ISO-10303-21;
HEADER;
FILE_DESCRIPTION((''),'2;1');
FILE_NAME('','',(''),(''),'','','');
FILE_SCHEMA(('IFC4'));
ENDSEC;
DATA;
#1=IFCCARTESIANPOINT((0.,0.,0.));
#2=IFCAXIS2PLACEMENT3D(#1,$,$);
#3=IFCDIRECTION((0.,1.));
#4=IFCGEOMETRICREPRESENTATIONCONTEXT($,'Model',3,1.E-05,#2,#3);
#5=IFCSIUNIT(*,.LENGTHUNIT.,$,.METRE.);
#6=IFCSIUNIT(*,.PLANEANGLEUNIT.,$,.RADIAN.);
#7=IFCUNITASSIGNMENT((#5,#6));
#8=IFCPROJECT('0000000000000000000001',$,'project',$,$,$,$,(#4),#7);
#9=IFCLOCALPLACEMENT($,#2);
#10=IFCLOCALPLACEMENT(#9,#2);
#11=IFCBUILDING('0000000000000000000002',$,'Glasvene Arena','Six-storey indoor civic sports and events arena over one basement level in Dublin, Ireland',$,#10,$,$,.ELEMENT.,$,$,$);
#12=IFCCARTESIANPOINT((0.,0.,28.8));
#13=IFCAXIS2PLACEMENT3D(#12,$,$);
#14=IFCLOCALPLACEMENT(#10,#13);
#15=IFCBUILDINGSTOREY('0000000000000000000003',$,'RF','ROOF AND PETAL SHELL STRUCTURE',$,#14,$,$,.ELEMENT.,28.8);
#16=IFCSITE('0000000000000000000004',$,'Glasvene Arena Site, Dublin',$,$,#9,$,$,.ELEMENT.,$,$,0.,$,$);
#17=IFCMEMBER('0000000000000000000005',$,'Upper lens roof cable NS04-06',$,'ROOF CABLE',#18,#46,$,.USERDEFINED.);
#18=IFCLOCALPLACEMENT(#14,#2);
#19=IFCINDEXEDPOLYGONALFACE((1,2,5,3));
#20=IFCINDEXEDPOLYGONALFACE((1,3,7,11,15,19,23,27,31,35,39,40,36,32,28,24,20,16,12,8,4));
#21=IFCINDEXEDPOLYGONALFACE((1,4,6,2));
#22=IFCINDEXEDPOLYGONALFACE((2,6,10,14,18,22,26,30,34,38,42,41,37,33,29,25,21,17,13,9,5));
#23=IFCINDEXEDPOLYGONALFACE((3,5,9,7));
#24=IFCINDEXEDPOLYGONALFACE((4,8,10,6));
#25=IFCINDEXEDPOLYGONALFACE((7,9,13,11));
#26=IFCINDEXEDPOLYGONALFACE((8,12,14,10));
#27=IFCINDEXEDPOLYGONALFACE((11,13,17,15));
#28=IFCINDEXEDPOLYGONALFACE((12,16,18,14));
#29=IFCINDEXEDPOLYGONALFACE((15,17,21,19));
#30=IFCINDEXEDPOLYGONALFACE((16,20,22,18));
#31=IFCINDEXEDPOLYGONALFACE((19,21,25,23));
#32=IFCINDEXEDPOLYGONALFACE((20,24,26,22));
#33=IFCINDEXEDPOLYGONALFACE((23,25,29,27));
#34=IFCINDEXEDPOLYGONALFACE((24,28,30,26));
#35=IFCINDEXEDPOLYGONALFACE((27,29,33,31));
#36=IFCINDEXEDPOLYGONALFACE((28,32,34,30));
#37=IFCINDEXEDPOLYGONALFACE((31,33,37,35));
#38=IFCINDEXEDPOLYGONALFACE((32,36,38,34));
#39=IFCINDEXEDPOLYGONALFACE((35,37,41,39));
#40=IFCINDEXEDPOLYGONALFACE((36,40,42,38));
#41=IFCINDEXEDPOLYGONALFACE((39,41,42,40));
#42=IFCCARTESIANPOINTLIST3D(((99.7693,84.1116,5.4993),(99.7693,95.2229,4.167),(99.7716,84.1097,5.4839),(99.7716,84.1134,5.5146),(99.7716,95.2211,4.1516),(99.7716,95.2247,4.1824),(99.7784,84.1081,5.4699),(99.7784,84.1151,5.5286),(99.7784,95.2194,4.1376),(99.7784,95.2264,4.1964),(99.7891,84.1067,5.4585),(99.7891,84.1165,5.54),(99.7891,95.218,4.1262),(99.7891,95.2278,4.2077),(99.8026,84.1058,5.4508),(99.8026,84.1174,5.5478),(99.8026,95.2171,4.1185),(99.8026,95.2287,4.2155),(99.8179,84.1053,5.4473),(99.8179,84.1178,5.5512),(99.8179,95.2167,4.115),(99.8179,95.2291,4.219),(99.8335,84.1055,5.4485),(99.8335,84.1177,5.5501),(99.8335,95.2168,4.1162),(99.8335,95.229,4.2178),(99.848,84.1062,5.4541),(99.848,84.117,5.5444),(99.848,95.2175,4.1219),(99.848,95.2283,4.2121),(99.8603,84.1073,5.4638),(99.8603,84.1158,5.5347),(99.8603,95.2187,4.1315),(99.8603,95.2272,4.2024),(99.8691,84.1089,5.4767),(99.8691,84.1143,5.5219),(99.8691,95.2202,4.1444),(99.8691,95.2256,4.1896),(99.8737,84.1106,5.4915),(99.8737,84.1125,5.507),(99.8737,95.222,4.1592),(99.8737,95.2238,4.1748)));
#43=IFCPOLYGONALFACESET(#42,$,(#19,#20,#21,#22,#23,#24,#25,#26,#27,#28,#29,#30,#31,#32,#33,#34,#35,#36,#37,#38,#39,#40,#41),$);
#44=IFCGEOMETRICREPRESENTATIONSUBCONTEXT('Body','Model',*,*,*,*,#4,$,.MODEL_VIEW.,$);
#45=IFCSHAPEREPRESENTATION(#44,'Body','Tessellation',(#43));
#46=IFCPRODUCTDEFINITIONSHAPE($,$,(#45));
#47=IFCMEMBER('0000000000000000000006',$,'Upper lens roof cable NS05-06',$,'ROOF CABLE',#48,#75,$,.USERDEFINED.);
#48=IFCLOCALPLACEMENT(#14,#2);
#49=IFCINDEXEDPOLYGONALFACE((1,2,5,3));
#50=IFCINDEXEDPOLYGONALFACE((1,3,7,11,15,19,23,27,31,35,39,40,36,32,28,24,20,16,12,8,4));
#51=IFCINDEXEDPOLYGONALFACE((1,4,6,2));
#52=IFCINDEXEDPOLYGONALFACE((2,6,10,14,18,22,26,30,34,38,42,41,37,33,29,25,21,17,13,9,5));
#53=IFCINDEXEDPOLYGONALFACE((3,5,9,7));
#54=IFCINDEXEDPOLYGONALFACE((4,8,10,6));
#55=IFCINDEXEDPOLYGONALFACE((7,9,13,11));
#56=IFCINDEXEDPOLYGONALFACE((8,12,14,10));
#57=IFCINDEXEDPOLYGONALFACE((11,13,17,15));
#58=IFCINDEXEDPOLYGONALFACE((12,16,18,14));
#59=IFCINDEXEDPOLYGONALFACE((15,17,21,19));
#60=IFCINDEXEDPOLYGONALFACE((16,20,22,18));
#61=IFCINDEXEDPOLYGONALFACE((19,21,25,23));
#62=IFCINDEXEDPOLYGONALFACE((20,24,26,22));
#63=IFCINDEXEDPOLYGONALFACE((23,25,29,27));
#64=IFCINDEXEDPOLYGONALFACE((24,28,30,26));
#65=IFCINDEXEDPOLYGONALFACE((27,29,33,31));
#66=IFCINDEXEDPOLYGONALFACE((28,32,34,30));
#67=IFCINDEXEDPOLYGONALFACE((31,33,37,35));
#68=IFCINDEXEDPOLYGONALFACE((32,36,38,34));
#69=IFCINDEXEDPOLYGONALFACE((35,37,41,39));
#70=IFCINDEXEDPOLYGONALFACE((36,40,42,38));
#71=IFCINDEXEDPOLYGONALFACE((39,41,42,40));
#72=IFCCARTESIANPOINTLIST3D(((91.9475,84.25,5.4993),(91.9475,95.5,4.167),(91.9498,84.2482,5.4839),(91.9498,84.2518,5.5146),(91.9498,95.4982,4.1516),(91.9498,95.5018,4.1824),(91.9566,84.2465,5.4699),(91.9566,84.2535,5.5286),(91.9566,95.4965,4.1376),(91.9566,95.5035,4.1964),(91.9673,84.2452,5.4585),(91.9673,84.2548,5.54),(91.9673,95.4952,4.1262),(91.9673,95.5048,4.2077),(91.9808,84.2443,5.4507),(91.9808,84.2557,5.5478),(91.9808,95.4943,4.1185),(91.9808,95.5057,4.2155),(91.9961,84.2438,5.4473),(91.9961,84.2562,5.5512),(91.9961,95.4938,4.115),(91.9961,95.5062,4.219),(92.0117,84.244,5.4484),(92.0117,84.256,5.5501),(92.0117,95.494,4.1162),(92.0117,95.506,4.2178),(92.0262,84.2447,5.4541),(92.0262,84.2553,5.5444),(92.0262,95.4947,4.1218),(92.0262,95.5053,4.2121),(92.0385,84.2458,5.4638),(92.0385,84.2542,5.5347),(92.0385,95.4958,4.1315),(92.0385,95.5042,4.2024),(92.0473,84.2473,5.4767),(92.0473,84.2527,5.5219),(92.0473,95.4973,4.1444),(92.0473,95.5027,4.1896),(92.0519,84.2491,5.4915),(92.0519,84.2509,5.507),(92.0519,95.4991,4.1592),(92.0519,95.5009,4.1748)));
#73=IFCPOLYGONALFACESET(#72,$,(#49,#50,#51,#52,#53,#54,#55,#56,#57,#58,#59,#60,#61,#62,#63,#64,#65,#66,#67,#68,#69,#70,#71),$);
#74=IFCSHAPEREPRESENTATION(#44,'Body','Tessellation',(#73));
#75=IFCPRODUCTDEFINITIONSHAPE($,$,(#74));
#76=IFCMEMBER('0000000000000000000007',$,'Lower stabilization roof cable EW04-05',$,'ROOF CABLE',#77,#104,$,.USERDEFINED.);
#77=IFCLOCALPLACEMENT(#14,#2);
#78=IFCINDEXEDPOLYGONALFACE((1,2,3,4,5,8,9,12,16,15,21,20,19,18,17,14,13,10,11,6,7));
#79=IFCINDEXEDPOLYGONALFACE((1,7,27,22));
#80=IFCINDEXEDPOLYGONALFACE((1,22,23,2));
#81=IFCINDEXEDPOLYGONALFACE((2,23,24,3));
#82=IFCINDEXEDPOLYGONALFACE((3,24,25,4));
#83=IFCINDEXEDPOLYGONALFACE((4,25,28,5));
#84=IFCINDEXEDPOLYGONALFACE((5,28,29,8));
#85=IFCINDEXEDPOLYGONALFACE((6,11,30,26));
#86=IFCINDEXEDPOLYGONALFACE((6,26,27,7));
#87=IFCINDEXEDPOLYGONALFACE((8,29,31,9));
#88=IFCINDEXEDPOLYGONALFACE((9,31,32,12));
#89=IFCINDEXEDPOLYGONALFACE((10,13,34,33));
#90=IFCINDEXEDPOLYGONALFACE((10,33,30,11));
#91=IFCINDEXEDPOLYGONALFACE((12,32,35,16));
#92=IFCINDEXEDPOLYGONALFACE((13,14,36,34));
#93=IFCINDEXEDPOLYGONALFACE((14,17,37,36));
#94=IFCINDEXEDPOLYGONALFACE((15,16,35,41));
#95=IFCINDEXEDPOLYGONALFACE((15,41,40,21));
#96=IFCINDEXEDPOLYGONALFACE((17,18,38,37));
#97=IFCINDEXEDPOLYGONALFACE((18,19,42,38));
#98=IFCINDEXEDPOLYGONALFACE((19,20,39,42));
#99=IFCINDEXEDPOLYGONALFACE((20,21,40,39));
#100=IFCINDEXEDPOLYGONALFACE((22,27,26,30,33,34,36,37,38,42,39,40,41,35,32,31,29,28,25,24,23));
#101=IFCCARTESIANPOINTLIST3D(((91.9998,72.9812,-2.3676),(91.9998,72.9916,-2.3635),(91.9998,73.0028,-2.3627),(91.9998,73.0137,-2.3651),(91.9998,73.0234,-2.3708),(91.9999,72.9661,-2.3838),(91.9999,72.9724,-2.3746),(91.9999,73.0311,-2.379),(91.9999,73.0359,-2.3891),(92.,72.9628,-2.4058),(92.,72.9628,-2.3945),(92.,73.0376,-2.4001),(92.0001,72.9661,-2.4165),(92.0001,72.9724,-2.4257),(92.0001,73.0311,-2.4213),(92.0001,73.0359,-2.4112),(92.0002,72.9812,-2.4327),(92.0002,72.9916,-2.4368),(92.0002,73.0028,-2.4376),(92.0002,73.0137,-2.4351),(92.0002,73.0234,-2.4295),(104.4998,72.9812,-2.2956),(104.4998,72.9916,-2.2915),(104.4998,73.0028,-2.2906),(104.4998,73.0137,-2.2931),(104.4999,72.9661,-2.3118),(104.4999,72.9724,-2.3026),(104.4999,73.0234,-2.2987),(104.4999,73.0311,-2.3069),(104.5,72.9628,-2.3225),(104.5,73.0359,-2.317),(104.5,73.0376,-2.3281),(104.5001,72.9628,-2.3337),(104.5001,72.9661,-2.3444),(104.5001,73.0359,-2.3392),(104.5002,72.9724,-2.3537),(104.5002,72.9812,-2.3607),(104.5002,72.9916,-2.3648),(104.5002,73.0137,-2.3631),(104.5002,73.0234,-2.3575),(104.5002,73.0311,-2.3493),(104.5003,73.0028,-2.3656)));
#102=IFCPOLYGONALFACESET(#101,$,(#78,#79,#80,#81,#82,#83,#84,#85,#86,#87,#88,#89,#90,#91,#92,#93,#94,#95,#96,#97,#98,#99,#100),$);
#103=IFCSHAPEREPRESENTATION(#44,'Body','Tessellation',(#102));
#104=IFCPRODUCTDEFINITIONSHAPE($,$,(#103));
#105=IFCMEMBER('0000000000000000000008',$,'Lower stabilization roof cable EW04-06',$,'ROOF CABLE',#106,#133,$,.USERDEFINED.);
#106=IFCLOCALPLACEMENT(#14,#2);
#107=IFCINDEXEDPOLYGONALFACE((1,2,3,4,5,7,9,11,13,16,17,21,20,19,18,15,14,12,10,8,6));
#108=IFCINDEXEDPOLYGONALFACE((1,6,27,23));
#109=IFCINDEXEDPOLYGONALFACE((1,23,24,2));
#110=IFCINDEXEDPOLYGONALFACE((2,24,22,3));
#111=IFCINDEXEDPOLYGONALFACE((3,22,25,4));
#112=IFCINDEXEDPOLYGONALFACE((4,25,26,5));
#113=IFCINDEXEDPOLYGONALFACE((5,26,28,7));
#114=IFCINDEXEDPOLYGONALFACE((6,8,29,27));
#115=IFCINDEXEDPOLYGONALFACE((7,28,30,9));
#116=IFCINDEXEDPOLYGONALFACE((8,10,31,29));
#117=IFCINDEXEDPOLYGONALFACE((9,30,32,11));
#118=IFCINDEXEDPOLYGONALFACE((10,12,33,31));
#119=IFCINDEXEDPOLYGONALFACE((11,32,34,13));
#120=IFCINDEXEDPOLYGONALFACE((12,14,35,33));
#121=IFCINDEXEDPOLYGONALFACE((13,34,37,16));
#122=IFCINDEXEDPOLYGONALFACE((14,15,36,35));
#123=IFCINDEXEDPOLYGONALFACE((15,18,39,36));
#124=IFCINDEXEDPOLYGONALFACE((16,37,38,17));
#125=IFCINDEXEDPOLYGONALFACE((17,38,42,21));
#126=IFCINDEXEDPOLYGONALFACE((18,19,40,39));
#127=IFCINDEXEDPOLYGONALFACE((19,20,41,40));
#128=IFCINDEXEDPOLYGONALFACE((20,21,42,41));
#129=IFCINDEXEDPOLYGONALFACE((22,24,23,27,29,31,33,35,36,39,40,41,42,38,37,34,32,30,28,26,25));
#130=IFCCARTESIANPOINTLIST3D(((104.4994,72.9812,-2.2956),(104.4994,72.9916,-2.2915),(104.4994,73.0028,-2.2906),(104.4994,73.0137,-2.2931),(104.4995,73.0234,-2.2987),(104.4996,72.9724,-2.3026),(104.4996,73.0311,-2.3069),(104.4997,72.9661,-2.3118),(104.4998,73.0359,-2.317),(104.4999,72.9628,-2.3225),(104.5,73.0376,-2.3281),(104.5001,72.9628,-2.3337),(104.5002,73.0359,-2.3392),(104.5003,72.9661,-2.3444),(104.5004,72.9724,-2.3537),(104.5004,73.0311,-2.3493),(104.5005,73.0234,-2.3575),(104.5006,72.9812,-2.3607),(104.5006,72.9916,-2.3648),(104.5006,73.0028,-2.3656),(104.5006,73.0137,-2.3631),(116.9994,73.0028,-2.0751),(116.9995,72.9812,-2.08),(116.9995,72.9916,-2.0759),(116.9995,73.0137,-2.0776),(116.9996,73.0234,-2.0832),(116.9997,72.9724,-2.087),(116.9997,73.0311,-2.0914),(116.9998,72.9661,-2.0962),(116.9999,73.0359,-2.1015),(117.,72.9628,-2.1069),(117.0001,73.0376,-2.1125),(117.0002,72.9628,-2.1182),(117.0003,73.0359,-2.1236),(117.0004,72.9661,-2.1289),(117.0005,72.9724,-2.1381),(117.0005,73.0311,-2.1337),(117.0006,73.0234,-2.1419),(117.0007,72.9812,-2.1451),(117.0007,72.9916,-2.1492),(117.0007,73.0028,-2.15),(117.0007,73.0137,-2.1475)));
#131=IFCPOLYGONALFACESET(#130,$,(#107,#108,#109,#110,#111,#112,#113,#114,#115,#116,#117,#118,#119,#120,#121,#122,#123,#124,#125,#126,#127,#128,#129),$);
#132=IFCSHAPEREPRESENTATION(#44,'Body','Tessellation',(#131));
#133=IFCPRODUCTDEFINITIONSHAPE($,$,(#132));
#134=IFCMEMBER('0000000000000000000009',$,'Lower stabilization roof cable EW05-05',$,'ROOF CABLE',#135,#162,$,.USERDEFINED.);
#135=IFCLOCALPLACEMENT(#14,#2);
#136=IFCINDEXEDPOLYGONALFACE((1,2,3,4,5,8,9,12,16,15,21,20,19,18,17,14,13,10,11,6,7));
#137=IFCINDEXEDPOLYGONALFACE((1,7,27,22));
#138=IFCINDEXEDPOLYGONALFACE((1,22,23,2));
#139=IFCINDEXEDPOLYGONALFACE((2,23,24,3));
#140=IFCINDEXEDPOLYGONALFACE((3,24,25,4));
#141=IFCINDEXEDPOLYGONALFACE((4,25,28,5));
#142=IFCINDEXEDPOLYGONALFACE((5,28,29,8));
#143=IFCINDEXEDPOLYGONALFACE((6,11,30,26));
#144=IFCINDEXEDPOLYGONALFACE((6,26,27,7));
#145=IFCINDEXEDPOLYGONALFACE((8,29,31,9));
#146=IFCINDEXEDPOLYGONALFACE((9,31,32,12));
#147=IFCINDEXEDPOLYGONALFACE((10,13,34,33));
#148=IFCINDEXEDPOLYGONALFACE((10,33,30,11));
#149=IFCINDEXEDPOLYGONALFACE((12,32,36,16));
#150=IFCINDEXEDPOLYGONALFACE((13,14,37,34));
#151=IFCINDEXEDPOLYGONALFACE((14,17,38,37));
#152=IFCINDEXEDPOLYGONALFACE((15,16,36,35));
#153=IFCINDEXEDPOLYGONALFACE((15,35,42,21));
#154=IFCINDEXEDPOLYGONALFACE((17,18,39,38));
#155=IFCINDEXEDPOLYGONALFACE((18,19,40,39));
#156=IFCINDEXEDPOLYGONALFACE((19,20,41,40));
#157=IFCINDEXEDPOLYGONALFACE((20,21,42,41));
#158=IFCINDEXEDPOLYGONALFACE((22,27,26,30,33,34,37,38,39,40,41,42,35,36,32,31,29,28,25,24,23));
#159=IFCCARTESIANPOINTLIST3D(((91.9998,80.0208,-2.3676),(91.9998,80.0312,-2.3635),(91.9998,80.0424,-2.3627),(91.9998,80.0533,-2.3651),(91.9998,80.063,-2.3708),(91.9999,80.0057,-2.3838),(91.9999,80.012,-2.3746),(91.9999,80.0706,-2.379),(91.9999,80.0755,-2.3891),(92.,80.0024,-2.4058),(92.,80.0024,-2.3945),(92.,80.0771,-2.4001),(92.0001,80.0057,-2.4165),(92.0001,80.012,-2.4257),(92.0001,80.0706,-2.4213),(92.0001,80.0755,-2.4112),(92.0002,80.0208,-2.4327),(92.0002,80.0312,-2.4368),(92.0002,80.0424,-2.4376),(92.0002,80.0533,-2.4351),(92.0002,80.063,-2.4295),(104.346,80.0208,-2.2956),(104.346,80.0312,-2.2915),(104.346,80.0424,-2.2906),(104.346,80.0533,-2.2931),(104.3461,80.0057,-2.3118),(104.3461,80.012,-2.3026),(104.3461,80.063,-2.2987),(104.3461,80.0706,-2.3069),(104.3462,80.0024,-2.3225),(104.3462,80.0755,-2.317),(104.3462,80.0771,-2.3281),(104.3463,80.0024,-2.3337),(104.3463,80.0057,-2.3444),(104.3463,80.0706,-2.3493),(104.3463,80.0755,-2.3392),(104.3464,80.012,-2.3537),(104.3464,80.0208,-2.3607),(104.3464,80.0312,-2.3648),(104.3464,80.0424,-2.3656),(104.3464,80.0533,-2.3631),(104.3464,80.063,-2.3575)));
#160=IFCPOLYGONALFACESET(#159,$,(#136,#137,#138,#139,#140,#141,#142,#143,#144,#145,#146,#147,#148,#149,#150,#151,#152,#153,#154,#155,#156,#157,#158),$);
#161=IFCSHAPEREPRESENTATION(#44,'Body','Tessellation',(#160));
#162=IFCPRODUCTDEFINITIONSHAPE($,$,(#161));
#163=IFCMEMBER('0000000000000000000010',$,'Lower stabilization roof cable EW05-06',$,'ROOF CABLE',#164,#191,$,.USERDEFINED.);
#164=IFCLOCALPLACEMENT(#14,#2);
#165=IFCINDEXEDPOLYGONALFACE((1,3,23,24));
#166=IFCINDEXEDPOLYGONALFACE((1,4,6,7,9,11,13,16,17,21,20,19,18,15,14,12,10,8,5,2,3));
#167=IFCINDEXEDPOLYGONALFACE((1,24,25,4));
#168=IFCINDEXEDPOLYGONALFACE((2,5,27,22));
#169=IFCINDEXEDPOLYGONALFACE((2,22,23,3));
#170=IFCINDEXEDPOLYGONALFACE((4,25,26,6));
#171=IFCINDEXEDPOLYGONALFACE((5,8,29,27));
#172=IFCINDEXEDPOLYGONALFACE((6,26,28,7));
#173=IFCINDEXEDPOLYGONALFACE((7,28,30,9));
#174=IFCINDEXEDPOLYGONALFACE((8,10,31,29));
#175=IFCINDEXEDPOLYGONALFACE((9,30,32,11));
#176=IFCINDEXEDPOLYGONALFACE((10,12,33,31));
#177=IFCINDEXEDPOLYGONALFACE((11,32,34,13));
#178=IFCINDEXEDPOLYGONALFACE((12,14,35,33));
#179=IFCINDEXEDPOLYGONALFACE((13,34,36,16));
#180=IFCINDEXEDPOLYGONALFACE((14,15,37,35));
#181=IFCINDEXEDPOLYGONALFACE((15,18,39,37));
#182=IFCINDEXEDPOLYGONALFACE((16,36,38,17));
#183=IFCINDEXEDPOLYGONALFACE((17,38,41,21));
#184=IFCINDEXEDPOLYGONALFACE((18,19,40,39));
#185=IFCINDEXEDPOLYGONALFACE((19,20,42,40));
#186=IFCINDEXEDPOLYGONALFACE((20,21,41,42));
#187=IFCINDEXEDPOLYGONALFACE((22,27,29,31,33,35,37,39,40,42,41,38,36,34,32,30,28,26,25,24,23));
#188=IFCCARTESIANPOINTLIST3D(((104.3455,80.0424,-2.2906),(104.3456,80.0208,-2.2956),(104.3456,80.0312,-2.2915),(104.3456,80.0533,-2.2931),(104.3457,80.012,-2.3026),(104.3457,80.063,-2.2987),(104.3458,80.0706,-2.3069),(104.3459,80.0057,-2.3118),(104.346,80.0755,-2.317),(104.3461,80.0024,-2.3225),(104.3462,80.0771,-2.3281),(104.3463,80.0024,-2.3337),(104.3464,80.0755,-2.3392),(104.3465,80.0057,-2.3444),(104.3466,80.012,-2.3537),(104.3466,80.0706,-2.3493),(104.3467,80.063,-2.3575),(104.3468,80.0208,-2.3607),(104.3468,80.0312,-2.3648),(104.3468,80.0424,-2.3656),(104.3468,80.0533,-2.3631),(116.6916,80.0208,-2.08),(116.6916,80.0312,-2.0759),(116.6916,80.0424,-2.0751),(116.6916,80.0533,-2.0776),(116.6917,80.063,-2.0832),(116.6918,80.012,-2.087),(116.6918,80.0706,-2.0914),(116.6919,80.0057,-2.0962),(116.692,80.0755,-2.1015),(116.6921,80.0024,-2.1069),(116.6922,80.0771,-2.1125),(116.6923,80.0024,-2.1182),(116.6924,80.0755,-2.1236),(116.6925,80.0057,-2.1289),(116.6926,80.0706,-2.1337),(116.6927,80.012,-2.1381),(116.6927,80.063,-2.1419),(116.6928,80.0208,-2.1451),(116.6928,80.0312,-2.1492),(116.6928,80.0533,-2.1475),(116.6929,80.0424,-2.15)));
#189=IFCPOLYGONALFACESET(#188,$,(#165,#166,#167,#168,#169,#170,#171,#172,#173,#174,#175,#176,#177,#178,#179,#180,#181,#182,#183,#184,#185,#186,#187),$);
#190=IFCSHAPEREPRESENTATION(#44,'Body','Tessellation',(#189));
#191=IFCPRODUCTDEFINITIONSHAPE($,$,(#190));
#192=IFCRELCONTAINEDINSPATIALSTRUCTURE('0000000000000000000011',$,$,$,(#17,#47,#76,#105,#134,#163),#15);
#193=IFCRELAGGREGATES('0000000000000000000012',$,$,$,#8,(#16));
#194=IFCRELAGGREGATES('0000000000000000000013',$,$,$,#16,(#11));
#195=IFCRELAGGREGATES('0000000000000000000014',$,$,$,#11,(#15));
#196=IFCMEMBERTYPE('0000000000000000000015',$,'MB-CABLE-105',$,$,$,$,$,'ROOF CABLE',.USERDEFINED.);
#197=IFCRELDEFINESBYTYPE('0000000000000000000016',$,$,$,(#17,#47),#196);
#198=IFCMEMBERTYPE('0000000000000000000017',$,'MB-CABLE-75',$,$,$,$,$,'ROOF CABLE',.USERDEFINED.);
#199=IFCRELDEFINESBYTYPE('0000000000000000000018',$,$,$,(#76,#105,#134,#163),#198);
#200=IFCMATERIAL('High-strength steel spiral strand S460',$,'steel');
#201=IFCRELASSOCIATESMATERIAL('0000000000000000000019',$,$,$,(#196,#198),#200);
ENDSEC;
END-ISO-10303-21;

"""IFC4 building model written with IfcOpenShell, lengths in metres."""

from ifc_helpers import new_model, si_unit, direction, frame, origin, origin_2d, place, context, subcontext, project, spatial, circle, extrude, material, material_profile, profile_set, type_object, element, save


model = new_model("IFC4")

# Units and contexts
model_context = context("Model", 3, precision=1e-05, world=origin(), true_north=direction((0.0, 1.0)))
body_context = subcontext(model_context, "Body", "Model", "MODEL_VIEW")
ifc_project = project(units=[si_unit("LENGTHUNIT", "METRE"), si_unit("PLANEANGLEUNIT", "RADIAN")], contexts=[model_context])

# Site, building, storey
site_placement = place(None, origin())
site = spatial("IfcSite", under=ifc_project, at=site_placement, Name="Glasvene Arena Site, Dublin", CompositionType="ELEMENT", RefElevation=0.0)
building_placement = place(site_placement, origin())
building = spatial("IfcBuilding", under=site, at=building_placement, Name="Glasvene Arena", Description="Six-storey indoor civic sports and events arena over one basement level in Dublin, Ireland", CompositionType="ELEMENT")
storey_placement = place(building_placement, frame((0.0, 0.0, 28.8)))
storey = spatial("IfcBuildingStorey", under=building, at=storey_placement, Name="RF", Description="ROOF AND PETAL SHELL STRUCTURE", CompositionType="ELEMENT", Elevation=28.8)

# Members
ifc_material_1 = material(Name="High-strength steel spiral strand S460", Category="steel")
ifc_material_profile_1 = material_profile(ifc_material_1, circle(Radius=0.0525, at=origin_2d()), Name="LCSS D105")
ifc_profile_set_1 = profile_set([ifc_material_profile_1], Name="High-strength steel spiral strand S460")
member_type_1 = type_object("IfcMemberType", Name="MB-CABLE-105", ElementType="ROOF CABLE", PredefinedType="USERDEFINED", material=ifc_profile_set_1)
member_1_placement = place(storey_placement, frame((99.8218, 84.1116, 5.4993), z_axis=(0.0, 0.992888, -0.11905), x_axis=(-1.0, 0.0, 0.0)))
element("IfcMember", 1, at=member_1_placement, inside=storey, type_object=member_type_1, Name="Upper lens roof cable NS04-06", ObjectType="ROOF CABLE", PredefinedType="USERDEFINED", context=body_context, shape_type="SweptSolid", body=[
    extrude(circle(Radius=0.0525, at=origin_2d()), origin(), (0.0, 0.0, 1.0), 11.1909),
])
member_2_placement = place(storey_placement, frame((92.0, 84.25, 5.4993), z_axis=(0.0, 0.993061, -0.117603), x_axis=(-1.0, 0.0, 0.0)))
element("IfcMember", 2, at=member_2_placement, inside=storey, type_object=member_type_1, Name="Upper lens roof cable NS05-06", ObjectType="ROOF CABLE", PredefinedType="USERDEFINED", context=body_context, shape_type="SweptSolid", body=[
    extrude(circle(Radius=0.0525, at=origin_2d()), origin(), (0.0, 0.0, 1.0), 11.3286),
])
ifc_material_profile_2 = material_profile(ifc_material_1, circle(Radius=0.0376, at=origin_2d()), Name="LCSS D75")
ifc_profile_set_2 = profile_set([ifc_material_profile_2], Name="High-strength steel spiral strand S460")
member_type_2 = type_object("IfcMemberType", Name="MB-CABLE-75", ElementType="ROOF CABLE", PredefinedType="USERDEFINED", material=ifc_profile_set_2)
member_3_placement = place(storey_placement, frame((92.0, 73.0, -2.4001), z_axis=(0.999983, 0.0, 0.005762), x_axis=(0.0, 1.0, 0.0)))
element("IfcMember", 3, at=member_3_placement, inside=storey, type_object=member_type_2, Name="Lower stabilization roof cable EW04-05", ObjectType="ROOF CABLE", PredefinedType="USERDEFINED", context=body_context, shape_type="SweptSolid", body=[
    extrude(circle(Radius=0.0376, at=origin_2d()), origin(), (0.0, 0.0, 1.0), 12.5002),
])
member_4_placement = place(storey_placement, frame((104.5, 73.0, -2.3281), z_axis=(0.999851, 0.0, 0.017244), x_axis=(0.0, 1.0, 0.0)))
element("IfcMember", 4, at=member_4_placement, inside=storey, type_object=member_type_2, Name="Lower stabilization roof cable EW04-06", ObjectType="ROOF CABLE", PredefinedType="USERDEFINED", context=body_context, shape_type="SweptSolid", body=[
    extrude(circle(Radius=0.0376, at=origin_2d()), origin(), (0.0, 0.0, 1.0), 12.502),
])
member_5_placement = place(storey_placement, frame((92.0, 80.0396, -2.4001), z_axis=(0.999983, 0.0, 0.005833), x_axis=(0.0, 1.0, 0.0)))
element("IfcMember", 5, at=member_5_placement, inside=storey, type_object=member_type_2, Name="Lower stabilization roof cable EW05-05", ObjectType="ROOF CABLE", PredefinedType="USERDEFINED", context=body_context, shape_type="SweptSolid", body=[
    extrude(circle(Radius=0.0376, at=origin_2d()), origin(), (0.0, 0.0, 1.0), 12.3464),
])
member_6_placement = place(storey_placement, frame((104.3462, 80.0396, -2.3281), z_axis=(0.999848, 0.0, 0.017459), x_axis=(0.0, 1.0, 0.0)))
element("IfcMember", 6, at=member_6_placement, inside=storey, type_object=member_type_2, Name="Lower stabilization roof cable EW05-06", ObjectType="ROOF CABLE", PredefinedType="USERDEFINED", context=body_context, shape_type="SweptSolid", body=[
    extrude(circle(Radius=0.0376, at=origin_2d()), origin(), (0.0, 0.0, 1.0), 12.3479),
])

save(model, "model.ifc")
